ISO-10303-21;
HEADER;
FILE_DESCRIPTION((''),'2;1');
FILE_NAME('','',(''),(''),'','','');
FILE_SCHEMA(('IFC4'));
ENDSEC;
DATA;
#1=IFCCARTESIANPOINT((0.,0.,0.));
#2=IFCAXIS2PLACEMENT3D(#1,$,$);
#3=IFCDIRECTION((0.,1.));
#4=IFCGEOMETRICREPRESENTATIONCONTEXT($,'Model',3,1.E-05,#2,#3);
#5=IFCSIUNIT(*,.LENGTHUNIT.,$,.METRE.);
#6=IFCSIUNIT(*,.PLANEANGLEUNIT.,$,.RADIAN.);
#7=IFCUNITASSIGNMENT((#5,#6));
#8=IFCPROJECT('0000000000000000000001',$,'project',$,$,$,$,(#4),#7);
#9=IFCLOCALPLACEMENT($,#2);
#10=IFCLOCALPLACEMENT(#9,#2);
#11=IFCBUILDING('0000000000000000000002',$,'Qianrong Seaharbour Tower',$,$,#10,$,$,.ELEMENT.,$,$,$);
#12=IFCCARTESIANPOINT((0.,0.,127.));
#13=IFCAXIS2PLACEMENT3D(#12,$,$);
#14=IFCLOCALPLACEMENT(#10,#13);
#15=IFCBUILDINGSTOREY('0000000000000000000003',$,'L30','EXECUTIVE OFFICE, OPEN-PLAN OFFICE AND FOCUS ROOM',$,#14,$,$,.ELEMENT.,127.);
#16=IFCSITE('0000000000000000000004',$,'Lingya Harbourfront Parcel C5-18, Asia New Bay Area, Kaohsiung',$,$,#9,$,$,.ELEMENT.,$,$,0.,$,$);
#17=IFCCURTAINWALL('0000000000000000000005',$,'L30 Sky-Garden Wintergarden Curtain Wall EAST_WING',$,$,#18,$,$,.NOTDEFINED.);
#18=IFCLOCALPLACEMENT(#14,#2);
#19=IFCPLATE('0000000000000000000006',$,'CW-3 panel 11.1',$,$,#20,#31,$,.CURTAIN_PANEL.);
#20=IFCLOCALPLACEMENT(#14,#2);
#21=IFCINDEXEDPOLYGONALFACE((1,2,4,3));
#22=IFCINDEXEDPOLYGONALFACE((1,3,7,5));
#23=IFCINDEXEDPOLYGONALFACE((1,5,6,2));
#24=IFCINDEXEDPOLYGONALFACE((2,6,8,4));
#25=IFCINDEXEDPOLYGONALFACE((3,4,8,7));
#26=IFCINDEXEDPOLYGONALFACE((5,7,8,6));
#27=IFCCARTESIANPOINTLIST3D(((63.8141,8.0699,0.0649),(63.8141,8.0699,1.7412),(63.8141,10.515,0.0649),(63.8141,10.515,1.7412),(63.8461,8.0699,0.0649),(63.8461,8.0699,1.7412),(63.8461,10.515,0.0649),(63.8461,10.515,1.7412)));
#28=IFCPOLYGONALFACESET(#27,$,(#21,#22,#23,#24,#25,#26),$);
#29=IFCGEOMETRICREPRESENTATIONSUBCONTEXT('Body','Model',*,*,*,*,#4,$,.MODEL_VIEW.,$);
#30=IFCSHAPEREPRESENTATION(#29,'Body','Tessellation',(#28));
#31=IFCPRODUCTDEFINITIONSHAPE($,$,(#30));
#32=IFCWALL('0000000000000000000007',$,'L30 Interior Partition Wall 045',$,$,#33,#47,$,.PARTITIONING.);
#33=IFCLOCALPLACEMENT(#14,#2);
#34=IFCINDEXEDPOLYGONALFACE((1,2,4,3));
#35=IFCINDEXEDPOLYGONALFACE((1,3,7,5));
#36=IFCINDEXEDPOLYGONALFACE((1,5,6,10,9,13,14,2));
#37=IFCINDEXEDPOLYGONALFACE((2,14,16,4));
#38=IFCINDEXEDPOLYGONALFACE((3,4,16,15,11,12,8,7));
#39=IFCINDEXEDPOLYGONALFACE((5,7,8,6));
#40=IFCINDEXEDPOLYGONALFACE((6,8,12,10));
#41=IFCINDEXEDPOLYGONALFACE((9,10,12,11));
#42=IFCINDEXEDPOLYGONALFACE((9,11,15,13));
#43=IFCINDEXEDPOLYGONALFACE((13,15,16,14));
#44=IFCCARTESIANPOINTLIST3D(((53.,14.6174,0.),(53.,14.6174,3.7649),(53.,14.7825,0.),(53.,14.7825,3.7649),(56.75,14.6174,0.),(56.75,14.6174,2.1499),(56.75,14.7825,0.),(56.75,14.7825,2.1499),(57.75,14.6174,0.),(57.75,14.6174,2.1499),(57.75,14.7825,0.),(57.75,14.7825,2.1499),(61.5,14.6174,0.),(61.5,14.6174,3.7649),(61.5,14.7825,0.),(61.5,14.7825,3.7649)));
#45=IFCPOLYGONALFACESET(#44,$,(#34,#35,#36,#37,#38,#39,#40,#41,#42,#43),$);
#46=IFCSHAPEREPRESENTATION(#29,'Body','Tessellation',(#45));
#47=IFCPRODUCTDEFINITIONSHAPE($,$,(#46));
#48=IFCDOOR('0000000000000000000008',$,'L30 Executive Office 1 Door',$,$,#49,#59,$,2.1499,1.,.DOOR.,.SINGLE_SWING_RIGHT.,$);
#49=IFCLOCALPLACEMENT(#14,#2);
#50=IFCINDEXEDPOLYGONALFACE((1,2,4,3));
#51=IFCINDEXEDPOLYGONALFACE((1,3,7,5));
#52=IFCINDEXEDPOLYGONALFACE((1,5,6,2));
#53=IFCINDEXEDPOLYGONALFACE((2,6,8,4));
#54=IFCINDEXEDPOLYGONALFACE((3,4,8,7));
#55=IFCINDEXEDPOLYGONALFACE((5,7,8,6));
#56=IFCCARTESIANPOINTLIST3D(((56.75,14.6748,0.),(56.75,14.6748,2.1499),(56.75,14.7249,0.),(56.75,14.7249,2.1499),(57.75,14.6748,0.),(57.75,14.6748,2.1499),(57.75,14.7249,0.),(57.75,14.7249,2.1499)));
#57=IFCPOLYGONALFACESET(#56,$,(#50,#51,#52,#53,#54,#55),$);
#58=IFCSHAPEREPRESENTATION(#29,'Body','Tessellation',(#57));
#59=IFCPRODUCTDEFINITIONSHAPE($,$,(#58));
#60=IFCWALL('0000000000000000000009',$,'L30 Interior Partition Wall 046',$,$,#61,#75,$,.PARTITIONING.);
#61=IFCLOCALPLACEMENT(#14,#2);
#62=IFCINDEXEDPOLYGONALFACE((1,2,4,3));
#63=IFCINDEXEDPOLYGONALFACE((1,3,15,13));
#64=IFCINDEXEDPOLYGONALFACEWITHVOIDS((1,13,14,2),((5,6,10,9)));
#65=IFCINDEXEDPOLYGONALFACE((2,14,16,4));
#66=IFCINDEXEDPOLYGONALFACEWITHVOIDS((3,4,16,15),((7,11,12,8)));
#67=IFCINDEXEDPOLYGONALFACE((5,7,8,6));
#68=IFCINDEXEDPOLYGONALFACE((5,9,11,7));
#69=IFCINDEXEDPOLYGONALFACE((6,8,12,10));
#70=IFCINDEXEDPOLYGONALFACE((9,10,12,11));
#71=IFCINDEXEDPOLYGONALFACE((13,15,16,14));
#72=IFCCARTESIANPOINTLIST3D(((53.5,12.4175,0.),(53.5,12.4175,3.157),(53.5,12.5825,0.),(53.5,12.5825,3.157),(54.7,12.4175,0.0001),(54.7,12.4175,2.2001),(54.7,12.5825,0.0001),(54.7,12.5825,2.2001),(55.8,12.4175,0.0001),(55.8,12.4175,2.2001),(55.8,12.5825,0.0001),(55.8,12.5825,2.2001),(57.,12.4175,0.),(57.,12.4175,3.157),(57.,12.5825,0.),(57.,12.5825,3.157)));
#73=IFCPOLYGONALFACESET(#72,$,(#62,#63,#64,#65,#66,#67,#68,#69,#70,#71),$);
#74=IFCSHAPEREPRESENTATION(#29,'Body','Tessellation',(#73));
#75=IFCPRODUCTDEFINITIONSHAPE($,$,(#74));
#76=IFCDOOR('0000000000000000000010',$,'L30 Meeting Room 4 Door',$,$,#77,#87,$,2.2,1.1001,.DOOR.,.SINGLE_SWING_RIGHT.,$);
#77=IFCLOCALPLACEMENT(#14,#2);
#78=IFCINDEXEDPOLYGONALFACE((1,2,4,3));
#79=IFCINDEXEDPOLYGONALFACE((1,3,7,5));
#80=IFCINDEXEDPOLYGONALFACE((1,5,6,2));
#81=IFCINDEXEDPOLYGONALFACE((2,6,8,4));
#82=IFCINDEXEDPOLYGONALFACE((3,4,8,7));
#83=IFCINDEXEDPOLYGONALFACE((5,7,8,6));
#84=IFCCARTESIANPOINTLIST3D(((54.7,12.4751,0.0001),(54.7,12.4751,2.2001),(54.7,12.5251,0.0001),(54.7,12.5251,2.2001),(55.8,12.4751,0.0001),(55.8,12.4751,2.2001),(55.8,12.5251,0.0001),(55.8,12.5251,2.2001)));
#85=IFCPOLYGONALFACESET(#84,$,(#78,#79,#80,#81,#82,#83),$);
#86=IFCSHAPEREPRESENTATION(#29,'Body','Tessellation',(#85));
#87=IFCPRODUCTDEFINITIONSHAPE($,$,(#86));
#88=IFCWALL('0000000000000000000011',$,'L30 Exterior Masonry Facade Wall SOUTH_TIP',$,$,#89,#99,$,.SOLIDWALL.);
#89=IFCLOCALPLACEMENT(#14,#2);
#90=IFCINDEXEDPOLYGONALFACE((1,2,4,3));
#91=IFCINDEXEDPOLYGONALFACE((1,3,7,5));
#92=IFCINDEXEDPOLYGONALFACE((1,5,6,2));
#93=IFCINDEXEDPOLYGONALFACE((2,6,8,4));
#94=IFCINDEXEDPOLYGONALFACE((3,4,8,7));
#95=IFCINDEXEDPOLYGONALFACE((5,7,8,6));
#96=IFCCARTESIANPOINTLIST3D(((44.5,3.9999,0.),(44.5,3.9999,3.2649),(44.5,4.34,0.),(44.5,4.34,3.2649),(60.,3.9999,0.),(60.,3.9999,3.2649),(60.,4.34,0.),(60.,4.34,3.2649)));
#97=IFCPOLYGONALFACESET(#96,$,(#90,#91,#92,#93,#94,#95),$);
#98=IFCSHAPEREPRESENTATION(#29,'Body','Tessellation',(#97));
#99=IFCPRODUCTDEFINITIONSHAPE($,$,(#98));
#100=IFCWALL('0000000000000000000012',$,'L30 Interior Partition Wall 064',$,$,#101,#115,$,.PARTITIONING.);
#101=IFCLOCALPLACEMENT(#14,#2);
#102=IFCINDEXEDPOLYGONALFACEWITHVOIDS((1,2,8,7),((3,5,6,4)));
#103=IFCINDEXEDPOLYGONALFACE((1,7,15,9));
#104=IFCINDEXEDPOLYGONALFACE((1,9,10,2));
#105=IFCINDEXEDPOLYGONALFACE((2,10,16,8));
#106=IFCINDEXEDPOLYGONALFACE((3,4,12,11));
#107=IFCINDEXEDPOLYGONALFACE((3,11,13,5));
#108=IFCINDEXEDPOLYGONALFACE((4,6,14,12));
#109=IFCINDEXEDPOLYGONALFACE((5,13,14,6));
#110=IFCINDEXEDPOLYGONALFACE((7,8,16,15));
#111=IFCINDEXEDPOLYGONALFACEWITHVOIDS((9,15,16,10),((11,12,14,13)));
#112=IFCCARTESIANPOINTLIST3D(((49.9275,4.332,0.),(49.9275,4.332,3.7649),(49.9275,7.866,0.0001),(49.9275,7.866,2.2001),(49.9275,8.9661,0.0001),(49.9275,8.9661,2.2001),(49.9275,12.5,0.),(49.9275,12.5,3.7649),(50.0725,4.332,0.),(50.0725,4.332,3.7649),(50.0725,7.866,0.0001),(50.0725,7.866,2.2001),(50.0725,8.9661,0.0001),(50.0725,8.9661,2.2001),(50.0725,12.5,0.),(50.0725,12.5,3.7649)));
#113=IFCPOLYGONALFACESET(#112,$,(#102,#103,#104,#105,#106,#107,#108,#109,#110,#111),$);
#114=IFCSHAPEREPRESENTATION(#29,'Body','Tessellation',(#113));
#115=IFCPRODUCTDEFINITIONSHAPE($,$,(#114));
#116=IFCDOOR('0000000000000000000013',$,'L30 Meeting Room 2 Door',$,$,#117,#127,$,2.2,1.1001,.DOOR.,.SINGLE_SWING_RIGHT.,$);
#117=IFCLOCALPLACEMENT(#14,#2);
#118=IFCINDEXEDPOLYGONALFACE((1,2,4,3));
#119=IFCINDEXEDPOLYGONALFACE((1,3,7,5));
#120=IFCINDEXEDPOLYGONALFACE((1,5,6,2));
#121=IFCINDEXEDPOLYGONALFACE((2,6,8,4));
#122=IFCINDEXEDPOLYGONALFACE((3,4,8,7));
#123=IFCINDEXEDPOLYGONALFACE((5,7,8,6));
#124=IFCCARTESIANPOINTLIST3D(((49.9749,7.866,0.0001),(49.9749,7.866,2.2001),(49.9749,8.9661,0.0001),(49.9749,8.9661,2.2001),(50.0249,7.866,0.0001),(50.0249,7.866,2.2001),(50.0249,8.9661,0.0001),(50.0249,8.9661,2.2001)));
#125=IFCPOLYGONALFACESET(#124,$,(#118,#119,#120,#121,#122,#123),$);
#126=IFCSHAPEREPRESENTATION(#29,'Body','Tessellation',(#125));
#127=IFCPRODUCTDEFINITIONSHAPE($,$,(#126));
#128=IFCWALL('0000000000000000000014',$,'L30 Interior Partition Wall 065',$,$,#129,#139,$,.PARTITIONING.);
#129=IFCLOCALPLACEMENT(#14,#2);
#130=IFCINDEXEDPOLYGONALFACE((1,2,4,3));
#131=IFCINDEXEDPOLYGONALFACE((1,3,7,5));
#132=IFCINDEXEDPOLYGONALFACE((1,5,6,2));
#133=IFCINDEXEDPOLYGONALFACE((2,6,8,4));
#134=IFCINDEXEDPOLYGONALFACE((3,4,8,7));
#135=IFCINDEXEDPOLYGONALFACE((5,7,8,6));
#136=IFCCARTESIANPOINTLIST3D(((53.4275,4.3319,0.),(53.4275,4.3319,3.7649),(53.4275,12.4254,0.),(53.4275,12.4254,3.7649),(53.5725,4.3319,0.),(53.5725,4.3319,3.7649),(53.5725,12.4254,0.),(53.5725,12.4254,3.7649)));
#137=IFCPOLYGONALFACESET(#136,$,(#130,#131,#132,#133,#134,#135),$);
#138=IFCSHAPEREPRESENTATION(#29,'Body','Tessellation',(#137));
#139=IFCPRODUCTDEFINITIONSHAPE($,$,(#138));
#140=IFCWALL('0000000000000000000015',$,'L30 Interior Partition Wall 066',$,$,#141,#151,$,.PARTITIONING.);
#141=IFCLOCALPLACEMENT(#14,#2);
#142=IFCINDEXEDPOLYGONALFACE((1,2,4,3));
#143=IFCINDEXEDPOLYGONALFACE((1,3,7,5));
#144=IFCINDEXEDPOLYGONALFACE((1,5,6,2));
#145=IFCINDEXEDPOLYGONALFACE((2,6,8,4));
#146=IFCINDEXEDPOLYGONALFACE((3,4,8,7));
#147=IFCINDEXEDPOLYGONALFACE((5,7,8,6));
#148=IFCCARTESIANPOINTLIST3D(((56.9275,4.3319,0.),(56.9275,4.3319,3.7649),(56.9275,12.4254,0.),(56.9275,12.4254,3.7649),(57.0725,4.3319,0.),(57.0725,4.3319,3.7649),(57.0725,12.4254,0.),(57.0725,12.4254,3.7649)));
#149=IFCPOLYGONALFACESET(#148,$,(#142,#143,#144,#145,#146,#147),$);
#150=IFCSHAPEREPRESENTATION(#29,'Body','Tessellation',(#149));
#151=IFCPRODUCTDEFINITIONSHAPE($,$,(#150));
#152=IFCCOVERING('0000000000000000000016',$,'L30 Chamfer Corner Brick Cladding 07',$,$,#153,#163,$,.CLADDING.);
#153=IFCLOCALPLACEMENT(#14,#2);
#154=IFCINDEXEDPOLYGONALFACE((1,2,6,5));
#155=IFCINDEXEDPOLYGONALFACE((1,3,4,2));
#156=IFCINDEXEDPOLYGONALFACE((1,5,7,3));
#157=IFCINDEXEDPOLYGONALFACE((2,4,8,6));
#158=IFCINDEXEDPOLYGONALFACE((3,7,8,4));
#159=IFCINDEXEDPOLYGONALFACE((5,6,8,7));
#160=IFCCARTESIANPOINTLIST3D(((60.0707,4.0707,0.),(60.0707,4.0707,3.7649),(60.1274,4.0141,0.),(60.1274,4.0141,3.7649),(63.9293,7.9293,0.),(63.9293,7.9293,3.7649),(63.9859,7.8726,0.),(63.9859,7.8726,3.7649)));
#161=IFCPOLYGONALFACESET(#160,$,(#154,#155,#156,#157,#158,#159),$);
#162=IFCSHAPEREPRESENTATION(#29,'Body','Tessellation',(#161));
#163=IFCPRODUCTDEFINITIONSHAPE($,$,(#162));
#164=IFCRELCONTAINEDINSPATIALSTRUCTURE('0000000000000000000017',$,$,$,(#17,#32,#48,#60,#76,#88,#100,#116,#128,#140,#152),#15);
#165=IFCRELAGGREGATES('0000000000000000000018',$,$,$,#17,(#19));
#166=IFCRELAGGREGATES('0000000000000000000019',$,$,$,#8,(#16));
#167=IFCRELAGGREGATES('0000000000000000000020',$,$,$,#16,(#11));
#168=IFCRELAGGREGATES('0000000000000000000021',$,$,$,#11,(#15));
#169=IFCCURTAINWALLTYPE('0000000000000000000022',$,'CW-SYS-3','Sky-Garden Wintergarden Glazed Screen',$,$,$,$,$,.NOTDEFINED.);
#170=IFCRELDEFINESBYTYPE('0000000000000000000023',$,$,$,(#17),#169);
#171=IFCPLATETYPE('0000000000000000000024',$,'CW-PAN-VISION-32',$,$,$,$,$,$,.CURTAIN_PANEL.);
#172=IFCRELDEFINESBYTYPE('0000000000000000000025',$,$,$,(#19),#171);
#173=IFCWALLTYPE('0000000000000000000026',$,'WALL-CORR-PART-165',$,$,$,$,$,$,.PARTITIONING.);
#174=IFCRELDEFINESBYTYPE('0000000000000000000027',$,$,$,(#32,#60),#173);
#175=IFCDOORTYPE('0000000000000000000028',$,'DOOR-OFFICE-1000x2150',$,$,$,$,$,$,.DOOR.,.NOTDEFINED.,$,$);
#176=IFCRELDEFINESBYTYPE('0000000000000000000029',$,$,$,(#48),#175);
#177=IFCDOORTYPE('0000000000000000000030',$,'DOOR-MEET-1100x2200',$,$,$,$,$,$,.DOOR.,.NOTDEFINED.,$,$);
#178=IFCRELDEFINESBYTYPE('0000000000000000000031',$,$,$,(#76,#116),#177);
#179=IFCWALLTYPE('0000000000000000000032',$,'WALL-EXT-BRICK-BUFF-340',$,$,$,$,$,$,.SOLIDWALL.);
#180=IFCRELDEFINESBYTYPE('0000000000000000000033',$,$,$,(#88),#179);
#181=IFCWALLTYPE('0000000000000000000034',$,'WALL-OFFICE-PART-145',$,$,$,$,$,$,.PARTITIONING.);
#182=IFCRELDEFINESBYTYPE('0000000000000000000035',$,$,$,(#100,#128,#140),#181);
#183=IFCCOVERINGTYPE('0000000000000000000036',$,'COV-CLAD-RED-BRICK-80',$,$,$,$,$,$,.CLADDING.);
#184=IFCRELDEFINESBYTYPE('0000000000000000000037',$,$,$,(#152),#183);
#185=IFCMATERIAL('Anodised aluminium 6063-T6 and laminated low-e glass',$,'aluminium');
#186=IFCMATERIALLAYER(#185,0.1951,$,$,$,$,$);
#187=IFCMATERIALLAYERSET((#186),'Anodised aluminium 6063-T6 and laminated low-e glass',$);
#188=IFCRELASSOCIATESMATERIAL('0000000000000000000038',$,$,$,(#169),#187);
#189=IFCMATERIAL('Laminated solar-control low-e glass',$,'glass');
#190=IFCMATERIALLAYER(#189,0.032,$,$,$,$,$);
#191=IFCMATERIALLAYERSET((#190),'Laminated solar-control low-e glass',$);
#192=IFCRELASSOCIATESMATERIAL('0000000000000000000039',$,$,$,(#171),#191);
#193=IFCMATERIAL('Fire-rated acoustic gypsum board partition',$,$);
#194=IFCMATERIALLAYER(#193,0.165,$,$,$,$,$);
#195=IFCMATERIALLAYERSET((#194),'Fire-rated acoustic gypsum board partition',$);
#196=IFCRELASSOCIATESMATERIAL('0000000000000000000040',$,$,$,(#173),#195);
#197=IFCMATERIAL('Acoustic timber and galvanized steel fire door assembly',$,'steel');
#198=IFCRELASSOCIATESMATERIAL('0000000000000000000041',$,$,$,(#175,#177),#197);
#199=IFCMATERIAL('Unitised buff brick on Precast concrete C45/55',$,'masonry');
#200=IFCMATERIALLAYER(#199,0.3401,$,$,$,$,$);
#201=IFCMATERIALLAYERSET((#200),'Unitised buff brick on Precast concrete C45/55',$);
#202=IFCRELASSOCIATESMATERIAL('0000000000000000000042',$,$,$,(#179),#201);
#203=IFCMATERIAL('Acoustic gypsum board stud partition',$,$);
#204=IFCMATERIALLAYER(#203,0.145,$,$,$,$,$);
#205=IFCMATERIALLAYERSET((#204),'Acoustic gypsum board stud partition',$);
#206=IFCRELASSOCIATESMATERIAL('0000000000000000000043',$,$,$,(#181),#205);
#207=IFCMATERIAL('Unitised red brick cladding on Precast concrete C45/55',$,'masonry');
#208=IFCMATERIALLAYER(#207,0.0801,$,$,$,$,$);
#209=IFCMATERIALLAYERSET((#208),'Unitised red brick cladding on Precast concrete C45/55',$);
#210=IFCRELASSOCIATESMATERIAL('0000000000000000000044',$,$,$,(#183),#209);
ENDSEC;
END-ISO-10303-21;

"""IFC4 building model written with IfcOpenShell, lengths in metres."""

from ifc_helpers import new_model, si_unit, direction, frame, frame_2d, origin, origin_2d, place, context, subcontext, project, spatial, rectangle, extrude, material, layer, layer_set, type_object, element, fill, aggregate, save


model = new_model("IFC4")

# Units and contexts
model_context = context("Model", 3, precision=1e-05, world=origin(), true_north=direction((0.0, 1.0)))
body_context = subcontext(model_context, "Body", "Model", "MODEL_VIEW")
ifc_project = project(units=[si_unit("LENGTHUNIT", "METRE"), si_unit("PLANEANGLEUNIT", "RADIAN")], contexts=[model_context])

# Site, building, storey
site_placement = place(None, origin())
site = spatial("IfcSite", under=ifc_project, at=site_placement, Name="Lingya Harbourfront Parcel C5-18, Asia New Bay Area, Kaohsiung", CompositionType="ELEMENT", RefElevation=0.0)
building_placement = place(site_placement, origin())
building = spatial("IfcBuilding", under=site, at=building_placement, Name="Qianrong Seaharbour Tower", CompositionType="ELEMENT")
storey_placement = place(building_placement, frame((0.0, 0.0, 127.0)))
storey = spatial("IfcBuildingStorey", under=building, at=storey_placement, Name="L30", Description="EXECUTIVE OFFICE, OPEN-PLAN OFFICE AND FOCUS ROOM", CompositionType="ELEMENT", Elevation=127.0)

# Curtain wall, plate
ifc_material_1 = material(Name="Anodised aluminium 6063-T6 and laminated low-e glass", Category="aluminium")
ifc_layer_1 = layer(ifc_material_1, 0.1951)
ifc_layer_set_1 = layer_set([ifc_layer_1], Name="Anodised aluminium 6063-T6 and laminated low-e glass")
curtain_wall_type = type_object("IfcCurtainWallType", Name="CW-SYS-3", Description="Sky-Garden Wintergarden Glazed Screen", PredefinedType="NOTDEFINED", material=ifc_layer_set_1)
curtain_wall_placement = place(storey_placement, origin())
curtain_wall = element("IfcCurtainWall", 1, at=curtain_wall_placement, inside=storey, type_object=curtain_wall_type, Name="L30 Sky-Garden Wintergarden Curtain Wall EAST_WING", PredefinedType="NOTDEFINED")
ifc_material_2 = material(Name="Laminated solar-control low-e glass", Category="glass")
ifc_layer_2 = layer(ifc_material_2, 0.032)
ifc_layer_set_2 = layer_set([ifc_layer_2], Name="Laminated solar-control low-e glass")
plate_type = type_object("IfcPlateType", Name="CW-PAN-VISION-32", PredefinedType="CURTAIN_PANEL", material=ifc_layer_set_2)
plate_placement = place(storey_placement, frame((63.8301, 9.2925, 0.0649), z_axis=(0.0, 0.0, 1.0), x_axis=(0.0, -1.0, 0.0)))
plate = element("IfcPlate", 2, at=plate_placement, type_object=plate_type, Name="CW-3 panel 11.1", PredefinedType="CURTAIN_PANEL", context=body_context, shape_type="SweptSolid", body=[
    extrude(rectangle(XDim=2.4451, YDim=0.032, at=origin_2d()), origin(), (0.0, 0.0, 1.0), 1.6763),
])
aggregate(curtain_wall, [plate])

# Walls, openings, doors
ifc_material_3 = material(Name="Fire-rated acoustic gypsum board partition")
ifc_layer_3 = layer(ifc_material_3, 0.165)
ifc_layer_set_3 = layer_set([ifc_layer_3], Name="Fire-rated acoustic gypsum board partition")
wall_type_1 = type_object("IfcWallType", Name="WALL-CORR-PART-165", PredefinedType="PARTITIONING", material=ifc_layer_set_3)
ifc_material_4 = material(Name="Acoustic timber and galvanized steel fire door assembly", Category="steel")
door_type_1 = type_object("IfcDoorType", Name="DOOR-OFFICE-1000x2150", OperationType="NOTDEFINED", PredefinedType="DOOR", material=ifc_material_4)
wall_1_placement = place(storey_placement, frame((53.0, 14.7, 0.0), z_axis=(0.0, 0.0, 1.0), x_axis=(1.0, 0.0, 0.0)))
wall_1 = element("IfcWall", 3, at=wall_1_placement, inside=storey, type_object=wall_type_1, Name="L30 Interior Partition Wall 045", PredefinedType="PARTITIONING", context=body_context, shape_type="SweptSolid", body=[
    extrude(rectangle(XDim=8.5, YDim=0.165, at=frame_2d((4.25, 0.0))), origin(), (0.0, 0.0, 1.0), 3.7649),
])
opening_1_placement = place(wall_1_placement, frame((3.75, 0.0, 0.0)))
opening_1 = element("IfcOpeningElement", 4, at=opening_1_placement, cuts=wall_1, PredefinedType="OPENING", context=body_context, shape_type="SweptSolid", body=[
    extrude(rectangle(XDim=1.0, YDim=2.1499, at=frame_2d((0.5, 1.075))), frame((0.0, 0.0925, 0.0), z_axis=(0.0, -1.0, 0.0), x_axis=(1.0, 0.0, 0.0)), (0.0, 0.0, 1.0), 0.1851),
])
door_1_placement = place(opening_1_placement, origin())
door_1 = element("IfcDoor", 5, at=door_1_placement, inside=storey, type_object=door_type_1, Name="L30 Executive Office 1 Door", OperationType="SINGLE_SWING_RIGHT", OverallHeight=2.1499, OverallWidth=1.0, PredefinedType="DOOR", context=body_context, shape_type="SweptSolid", body=[
    extrude(rectangle(XDim=1.0, YDim=2.1499, at=frame_2d((0.5, 1.075))), frame((0.0, 0.0249, 0.0), z_axis=(0.0, -1.0, 0.0), x_axis=(1.0, 0.0, 0.0)), (0.0, 0.0, 1.0), 0.05),
])
fill(opening_1, door_1)
wall_2_placement = place(storey_placement, frame((57.0, 12.5, 0.0), z_axis=(0.0, 0.0, 1.0), x_axis=(-1.0, 0.0, 0.0)))
wall_2 = element("IfcWall", 6, at=wall_2_placement, inside=storey, type_object=wall_type_1, Name="L30 Interior Partition Wall 046", PredefinedType="PARTITIONING", context=body_context, shape_type="SweptSolid", body=[
    extrude(rectangle(XDim=3.5, YDim=0.165, at=frame_2d((1.75, 0.0))), origin(), (0.0, 0.0, 1.0), 3.157),
])
opening_2_placement = place(wall_2_placement, frame((1.2, 0.0, 0.0)))
opening_2 = element("IfcOpeningElement", 7, at=opening_2_placement, cuts=wall_2, PredefinedType="OPENING", context=body_context, shape_type="SweptSolid", body=[
    extrude(rectangle(XDim=1.1001, YDim=2.2, at=frame_2d((0.55, 1.1001))), frame((0.0, 0.0925, 0.0), z_axis=(0.0, -1.0, 0.0), x_axis=(1.0, 0.0, 0.0)), (0.0, 0.0, 1.0), 0.1851),
])
door_type_2 = type_object("IfcDoorType", Name="DOOR-MEET-1100x2200", OperationType="NOTDEFINED", PredefinedType="DOOR", material=ifc_material_4)
door_2_placement = place(opening_2_placement, origin())
door_2 = element("IfcDoor", 8, at=door_2_placement, inside=storey, type_object=door_type_2, Name="L30 Meeting Room 4 Door", OperationType="SINGLE_SWING_RIGHT", OverallHeight=2.2, OverallWidth=1.1001, PredefinedType="DOOR", context=body_context, shape_type="SweptSolid", body=[
    extrude(rectangle(XDim=1.1001, YDim=2.2, at=frame_2d((0.55, 1.1001))), frame((0.0, 0.0249, 0.0), z_axis=(0.0, -1.0, 0.0), x_axis=(1.0, 0.0, 0.0)), (0.0, 0.0, 1.0), 0.05),
])
fill(opening_2, door_2)

# Wall
ifc_material_5 = material(Name="Unitised buff brick on Precast concrete C45/55", Category="masonry")
ifc_layer_4 = layer(ifc_material_5, 0.3401)
ifc_layer_set_4 = layer_set([ifc_layer_4], Name="Unitised buff brick on Precast concrete C45/55")
wall_type_2 = type_object("IfcWallType", Name="WALL-EXT-BRICK-BUFF-340", PredefinedType="SOLIDWALL", material=ifc_layer_set_4)
wall_3_placement = place(storey_placement, frame((60.0, 4.1699, 0.0), z_axis=(0.0, 0.0, 1.0), x_axis=(-1.0, 0.0, 0.0)))
element("IfcWall", 9, at=wall_3_placement, inside=storey, type_object=wall_type_2, Name="L30 Exterior Masonry Facade Wall SOUTH_TIP", PredefinedType="SOLIDWALL", context=body_context, shape_type="SweptSolid", body=[
    extrude(rectangle(XDim=15.5, YDim=0.3401, at=frame_2d((7.75, 0.0))), origin(), (0.0, 0.0, 1.0), 3.2649),
])

# Wall, opening, door
ifc_material_6 = material(Name="Acoustic gypsum board stud partition")
ifc_layer_5 = layer(ifc_material_6, 0.145)
ifc_layer_set_5 = layer_set([ifc_layer_5], Name="Acoustic gypsum board stud partition")
wall_type_3 = type_object("IfcWallType", Name="WALL-OFFICE-PART-145", PredefinedType="PARTITIONING", material=ifc_layer_set_5)
wall_4_placement = place(storey_placement, frame((50.0, 12.5, 0.0), z_axis=(0.0, 0.0, 1.0), x_axis=(0.0, -1.0, 0.0)))
wall_4 = element("IfcWall", 10, at=wall_4_placement, inside=storey, type_object=wall_type_3, Name="L30 Interior Partition Wall 064", PredefinedType="PARTITIONING", context=body_context, shape_type="SweptSolid", body=[
    extrude(rectangle(XDim=8.168, YDim=0.145, at=frame_2d((4.084, 0.0))), origin(), (0.0, 0.0, 1.0), 3.7649),
])
opening_3_placement = place(wall_4_placement, frame((3.5339, 0.0, 0.0)))
opening_3 = element("IfcOpeningElement", 11, at=opening_3_placement, cuts=wall_4, PredefinedType="OPENING", context=body_context, shape_type="SweptSolid", body=[
    extrude(rectangle(XDim=1.1001, YDim=2.2, at=frame_2d((0.55, 1.1001))), frame((0.0, 0.0825, 0.0), z_axis=(0.0, -1.0, 0.0), x_axis=(1.0, 0.0, 0.0)), (0.0, 0.0, 1.0), 0.165),
])
door_3_placement = place(opening_3_placement, origin())
door_3 = element("IfcDoor", 12, at=door_3_placement, inside=storey, type_object=door_type_2, Name="L30 Meeting Room 2 Door", OperationType="SINGLE_SWING_RIGHT", OverallHeight=2.2, OverallWidth=1.1001, PredefinedType="DOOR", context=body_context, shape_type="SweptSolid", body=[
    extrude(rectangle(XDim=1.1001, YDim=2.2, at=frame_2d((0.55, 1.1001))), frame((0.0, 0.0249, 0.0), z_axis=(0.0, -1.0, 0.0), x_axis=(1.0, 0.0, 0.0)), (0.0, 0.0, 1.0), 0.05),
])
fill(opening_3, door_3)

# Walls
for number, where, z_axis, x_axis, name in (
    (13, (53.5, 12.4255, 0.0), (0.0, 0.0, 1.0), (0.0, -1.0, 0.0), "L30 Interior Partition Wall 065"),
    (14, (57.0, 12.4255, 0.0), (0.0, 0.0, 1.0), (0.0, -1.0, 0.0), "L30 Interior Partition Wall 066"),
):
    element("IfcWall", number, at=place(storey_placement, frame(where, z_axis=z_axis, x_axis=x_axis)), inside=storey, type_object=wall_type_3, Name=name, PredefinedType="PARTITIONING", context=body_context, shape_type="SweptSolid", body=[
        extrude(rectangle(XDim=8.0935, YDim=0.145, at=frame_2d((4.0469, 0.0))), origin(), (0.0, 0.0, 1.0), 3.7649),
    ])

# Covering
ifc_material_7 = material(Name="Unitised red brick cladding on Precast concrete C45/55", Category="masonry")
ifc_layer_6 = layer(ifc_material_7, 0.0801)
ifc_layer_set_6 = layer_set([ifc_layer_6], Name="Unitised red brick cladding on Precast concrete C45/55")
covering_type = type_object("IfcCoveringType", Name="COV-CLAD-RED-BRICK-80", PredefinedType="CLADDING", material=ifc_layer_set_6)
covering_placement = place(storey_placement, frame((62.0283, 5.9717, 0.0), z_axis=(0.0, 0.0, 1.0), x_axis=(-0.707107, -0.707107, 0.0)))
element("IfcCovering", 15, at=covering_placement, inside=storey, type_object=covering_type, Name="L30 Chamfer Corner Brick Cladding 07", PredefinedType="CLADDING", context=body_context, shape_type="SweptSolid", body=[
    extrude(rectangle(XDim=5.4568, YDim=0.0801, at=origin_2d()), origin(), (0.0, 0.0, 1.0), 3.7649),
])

save(model, "model.ifc")
